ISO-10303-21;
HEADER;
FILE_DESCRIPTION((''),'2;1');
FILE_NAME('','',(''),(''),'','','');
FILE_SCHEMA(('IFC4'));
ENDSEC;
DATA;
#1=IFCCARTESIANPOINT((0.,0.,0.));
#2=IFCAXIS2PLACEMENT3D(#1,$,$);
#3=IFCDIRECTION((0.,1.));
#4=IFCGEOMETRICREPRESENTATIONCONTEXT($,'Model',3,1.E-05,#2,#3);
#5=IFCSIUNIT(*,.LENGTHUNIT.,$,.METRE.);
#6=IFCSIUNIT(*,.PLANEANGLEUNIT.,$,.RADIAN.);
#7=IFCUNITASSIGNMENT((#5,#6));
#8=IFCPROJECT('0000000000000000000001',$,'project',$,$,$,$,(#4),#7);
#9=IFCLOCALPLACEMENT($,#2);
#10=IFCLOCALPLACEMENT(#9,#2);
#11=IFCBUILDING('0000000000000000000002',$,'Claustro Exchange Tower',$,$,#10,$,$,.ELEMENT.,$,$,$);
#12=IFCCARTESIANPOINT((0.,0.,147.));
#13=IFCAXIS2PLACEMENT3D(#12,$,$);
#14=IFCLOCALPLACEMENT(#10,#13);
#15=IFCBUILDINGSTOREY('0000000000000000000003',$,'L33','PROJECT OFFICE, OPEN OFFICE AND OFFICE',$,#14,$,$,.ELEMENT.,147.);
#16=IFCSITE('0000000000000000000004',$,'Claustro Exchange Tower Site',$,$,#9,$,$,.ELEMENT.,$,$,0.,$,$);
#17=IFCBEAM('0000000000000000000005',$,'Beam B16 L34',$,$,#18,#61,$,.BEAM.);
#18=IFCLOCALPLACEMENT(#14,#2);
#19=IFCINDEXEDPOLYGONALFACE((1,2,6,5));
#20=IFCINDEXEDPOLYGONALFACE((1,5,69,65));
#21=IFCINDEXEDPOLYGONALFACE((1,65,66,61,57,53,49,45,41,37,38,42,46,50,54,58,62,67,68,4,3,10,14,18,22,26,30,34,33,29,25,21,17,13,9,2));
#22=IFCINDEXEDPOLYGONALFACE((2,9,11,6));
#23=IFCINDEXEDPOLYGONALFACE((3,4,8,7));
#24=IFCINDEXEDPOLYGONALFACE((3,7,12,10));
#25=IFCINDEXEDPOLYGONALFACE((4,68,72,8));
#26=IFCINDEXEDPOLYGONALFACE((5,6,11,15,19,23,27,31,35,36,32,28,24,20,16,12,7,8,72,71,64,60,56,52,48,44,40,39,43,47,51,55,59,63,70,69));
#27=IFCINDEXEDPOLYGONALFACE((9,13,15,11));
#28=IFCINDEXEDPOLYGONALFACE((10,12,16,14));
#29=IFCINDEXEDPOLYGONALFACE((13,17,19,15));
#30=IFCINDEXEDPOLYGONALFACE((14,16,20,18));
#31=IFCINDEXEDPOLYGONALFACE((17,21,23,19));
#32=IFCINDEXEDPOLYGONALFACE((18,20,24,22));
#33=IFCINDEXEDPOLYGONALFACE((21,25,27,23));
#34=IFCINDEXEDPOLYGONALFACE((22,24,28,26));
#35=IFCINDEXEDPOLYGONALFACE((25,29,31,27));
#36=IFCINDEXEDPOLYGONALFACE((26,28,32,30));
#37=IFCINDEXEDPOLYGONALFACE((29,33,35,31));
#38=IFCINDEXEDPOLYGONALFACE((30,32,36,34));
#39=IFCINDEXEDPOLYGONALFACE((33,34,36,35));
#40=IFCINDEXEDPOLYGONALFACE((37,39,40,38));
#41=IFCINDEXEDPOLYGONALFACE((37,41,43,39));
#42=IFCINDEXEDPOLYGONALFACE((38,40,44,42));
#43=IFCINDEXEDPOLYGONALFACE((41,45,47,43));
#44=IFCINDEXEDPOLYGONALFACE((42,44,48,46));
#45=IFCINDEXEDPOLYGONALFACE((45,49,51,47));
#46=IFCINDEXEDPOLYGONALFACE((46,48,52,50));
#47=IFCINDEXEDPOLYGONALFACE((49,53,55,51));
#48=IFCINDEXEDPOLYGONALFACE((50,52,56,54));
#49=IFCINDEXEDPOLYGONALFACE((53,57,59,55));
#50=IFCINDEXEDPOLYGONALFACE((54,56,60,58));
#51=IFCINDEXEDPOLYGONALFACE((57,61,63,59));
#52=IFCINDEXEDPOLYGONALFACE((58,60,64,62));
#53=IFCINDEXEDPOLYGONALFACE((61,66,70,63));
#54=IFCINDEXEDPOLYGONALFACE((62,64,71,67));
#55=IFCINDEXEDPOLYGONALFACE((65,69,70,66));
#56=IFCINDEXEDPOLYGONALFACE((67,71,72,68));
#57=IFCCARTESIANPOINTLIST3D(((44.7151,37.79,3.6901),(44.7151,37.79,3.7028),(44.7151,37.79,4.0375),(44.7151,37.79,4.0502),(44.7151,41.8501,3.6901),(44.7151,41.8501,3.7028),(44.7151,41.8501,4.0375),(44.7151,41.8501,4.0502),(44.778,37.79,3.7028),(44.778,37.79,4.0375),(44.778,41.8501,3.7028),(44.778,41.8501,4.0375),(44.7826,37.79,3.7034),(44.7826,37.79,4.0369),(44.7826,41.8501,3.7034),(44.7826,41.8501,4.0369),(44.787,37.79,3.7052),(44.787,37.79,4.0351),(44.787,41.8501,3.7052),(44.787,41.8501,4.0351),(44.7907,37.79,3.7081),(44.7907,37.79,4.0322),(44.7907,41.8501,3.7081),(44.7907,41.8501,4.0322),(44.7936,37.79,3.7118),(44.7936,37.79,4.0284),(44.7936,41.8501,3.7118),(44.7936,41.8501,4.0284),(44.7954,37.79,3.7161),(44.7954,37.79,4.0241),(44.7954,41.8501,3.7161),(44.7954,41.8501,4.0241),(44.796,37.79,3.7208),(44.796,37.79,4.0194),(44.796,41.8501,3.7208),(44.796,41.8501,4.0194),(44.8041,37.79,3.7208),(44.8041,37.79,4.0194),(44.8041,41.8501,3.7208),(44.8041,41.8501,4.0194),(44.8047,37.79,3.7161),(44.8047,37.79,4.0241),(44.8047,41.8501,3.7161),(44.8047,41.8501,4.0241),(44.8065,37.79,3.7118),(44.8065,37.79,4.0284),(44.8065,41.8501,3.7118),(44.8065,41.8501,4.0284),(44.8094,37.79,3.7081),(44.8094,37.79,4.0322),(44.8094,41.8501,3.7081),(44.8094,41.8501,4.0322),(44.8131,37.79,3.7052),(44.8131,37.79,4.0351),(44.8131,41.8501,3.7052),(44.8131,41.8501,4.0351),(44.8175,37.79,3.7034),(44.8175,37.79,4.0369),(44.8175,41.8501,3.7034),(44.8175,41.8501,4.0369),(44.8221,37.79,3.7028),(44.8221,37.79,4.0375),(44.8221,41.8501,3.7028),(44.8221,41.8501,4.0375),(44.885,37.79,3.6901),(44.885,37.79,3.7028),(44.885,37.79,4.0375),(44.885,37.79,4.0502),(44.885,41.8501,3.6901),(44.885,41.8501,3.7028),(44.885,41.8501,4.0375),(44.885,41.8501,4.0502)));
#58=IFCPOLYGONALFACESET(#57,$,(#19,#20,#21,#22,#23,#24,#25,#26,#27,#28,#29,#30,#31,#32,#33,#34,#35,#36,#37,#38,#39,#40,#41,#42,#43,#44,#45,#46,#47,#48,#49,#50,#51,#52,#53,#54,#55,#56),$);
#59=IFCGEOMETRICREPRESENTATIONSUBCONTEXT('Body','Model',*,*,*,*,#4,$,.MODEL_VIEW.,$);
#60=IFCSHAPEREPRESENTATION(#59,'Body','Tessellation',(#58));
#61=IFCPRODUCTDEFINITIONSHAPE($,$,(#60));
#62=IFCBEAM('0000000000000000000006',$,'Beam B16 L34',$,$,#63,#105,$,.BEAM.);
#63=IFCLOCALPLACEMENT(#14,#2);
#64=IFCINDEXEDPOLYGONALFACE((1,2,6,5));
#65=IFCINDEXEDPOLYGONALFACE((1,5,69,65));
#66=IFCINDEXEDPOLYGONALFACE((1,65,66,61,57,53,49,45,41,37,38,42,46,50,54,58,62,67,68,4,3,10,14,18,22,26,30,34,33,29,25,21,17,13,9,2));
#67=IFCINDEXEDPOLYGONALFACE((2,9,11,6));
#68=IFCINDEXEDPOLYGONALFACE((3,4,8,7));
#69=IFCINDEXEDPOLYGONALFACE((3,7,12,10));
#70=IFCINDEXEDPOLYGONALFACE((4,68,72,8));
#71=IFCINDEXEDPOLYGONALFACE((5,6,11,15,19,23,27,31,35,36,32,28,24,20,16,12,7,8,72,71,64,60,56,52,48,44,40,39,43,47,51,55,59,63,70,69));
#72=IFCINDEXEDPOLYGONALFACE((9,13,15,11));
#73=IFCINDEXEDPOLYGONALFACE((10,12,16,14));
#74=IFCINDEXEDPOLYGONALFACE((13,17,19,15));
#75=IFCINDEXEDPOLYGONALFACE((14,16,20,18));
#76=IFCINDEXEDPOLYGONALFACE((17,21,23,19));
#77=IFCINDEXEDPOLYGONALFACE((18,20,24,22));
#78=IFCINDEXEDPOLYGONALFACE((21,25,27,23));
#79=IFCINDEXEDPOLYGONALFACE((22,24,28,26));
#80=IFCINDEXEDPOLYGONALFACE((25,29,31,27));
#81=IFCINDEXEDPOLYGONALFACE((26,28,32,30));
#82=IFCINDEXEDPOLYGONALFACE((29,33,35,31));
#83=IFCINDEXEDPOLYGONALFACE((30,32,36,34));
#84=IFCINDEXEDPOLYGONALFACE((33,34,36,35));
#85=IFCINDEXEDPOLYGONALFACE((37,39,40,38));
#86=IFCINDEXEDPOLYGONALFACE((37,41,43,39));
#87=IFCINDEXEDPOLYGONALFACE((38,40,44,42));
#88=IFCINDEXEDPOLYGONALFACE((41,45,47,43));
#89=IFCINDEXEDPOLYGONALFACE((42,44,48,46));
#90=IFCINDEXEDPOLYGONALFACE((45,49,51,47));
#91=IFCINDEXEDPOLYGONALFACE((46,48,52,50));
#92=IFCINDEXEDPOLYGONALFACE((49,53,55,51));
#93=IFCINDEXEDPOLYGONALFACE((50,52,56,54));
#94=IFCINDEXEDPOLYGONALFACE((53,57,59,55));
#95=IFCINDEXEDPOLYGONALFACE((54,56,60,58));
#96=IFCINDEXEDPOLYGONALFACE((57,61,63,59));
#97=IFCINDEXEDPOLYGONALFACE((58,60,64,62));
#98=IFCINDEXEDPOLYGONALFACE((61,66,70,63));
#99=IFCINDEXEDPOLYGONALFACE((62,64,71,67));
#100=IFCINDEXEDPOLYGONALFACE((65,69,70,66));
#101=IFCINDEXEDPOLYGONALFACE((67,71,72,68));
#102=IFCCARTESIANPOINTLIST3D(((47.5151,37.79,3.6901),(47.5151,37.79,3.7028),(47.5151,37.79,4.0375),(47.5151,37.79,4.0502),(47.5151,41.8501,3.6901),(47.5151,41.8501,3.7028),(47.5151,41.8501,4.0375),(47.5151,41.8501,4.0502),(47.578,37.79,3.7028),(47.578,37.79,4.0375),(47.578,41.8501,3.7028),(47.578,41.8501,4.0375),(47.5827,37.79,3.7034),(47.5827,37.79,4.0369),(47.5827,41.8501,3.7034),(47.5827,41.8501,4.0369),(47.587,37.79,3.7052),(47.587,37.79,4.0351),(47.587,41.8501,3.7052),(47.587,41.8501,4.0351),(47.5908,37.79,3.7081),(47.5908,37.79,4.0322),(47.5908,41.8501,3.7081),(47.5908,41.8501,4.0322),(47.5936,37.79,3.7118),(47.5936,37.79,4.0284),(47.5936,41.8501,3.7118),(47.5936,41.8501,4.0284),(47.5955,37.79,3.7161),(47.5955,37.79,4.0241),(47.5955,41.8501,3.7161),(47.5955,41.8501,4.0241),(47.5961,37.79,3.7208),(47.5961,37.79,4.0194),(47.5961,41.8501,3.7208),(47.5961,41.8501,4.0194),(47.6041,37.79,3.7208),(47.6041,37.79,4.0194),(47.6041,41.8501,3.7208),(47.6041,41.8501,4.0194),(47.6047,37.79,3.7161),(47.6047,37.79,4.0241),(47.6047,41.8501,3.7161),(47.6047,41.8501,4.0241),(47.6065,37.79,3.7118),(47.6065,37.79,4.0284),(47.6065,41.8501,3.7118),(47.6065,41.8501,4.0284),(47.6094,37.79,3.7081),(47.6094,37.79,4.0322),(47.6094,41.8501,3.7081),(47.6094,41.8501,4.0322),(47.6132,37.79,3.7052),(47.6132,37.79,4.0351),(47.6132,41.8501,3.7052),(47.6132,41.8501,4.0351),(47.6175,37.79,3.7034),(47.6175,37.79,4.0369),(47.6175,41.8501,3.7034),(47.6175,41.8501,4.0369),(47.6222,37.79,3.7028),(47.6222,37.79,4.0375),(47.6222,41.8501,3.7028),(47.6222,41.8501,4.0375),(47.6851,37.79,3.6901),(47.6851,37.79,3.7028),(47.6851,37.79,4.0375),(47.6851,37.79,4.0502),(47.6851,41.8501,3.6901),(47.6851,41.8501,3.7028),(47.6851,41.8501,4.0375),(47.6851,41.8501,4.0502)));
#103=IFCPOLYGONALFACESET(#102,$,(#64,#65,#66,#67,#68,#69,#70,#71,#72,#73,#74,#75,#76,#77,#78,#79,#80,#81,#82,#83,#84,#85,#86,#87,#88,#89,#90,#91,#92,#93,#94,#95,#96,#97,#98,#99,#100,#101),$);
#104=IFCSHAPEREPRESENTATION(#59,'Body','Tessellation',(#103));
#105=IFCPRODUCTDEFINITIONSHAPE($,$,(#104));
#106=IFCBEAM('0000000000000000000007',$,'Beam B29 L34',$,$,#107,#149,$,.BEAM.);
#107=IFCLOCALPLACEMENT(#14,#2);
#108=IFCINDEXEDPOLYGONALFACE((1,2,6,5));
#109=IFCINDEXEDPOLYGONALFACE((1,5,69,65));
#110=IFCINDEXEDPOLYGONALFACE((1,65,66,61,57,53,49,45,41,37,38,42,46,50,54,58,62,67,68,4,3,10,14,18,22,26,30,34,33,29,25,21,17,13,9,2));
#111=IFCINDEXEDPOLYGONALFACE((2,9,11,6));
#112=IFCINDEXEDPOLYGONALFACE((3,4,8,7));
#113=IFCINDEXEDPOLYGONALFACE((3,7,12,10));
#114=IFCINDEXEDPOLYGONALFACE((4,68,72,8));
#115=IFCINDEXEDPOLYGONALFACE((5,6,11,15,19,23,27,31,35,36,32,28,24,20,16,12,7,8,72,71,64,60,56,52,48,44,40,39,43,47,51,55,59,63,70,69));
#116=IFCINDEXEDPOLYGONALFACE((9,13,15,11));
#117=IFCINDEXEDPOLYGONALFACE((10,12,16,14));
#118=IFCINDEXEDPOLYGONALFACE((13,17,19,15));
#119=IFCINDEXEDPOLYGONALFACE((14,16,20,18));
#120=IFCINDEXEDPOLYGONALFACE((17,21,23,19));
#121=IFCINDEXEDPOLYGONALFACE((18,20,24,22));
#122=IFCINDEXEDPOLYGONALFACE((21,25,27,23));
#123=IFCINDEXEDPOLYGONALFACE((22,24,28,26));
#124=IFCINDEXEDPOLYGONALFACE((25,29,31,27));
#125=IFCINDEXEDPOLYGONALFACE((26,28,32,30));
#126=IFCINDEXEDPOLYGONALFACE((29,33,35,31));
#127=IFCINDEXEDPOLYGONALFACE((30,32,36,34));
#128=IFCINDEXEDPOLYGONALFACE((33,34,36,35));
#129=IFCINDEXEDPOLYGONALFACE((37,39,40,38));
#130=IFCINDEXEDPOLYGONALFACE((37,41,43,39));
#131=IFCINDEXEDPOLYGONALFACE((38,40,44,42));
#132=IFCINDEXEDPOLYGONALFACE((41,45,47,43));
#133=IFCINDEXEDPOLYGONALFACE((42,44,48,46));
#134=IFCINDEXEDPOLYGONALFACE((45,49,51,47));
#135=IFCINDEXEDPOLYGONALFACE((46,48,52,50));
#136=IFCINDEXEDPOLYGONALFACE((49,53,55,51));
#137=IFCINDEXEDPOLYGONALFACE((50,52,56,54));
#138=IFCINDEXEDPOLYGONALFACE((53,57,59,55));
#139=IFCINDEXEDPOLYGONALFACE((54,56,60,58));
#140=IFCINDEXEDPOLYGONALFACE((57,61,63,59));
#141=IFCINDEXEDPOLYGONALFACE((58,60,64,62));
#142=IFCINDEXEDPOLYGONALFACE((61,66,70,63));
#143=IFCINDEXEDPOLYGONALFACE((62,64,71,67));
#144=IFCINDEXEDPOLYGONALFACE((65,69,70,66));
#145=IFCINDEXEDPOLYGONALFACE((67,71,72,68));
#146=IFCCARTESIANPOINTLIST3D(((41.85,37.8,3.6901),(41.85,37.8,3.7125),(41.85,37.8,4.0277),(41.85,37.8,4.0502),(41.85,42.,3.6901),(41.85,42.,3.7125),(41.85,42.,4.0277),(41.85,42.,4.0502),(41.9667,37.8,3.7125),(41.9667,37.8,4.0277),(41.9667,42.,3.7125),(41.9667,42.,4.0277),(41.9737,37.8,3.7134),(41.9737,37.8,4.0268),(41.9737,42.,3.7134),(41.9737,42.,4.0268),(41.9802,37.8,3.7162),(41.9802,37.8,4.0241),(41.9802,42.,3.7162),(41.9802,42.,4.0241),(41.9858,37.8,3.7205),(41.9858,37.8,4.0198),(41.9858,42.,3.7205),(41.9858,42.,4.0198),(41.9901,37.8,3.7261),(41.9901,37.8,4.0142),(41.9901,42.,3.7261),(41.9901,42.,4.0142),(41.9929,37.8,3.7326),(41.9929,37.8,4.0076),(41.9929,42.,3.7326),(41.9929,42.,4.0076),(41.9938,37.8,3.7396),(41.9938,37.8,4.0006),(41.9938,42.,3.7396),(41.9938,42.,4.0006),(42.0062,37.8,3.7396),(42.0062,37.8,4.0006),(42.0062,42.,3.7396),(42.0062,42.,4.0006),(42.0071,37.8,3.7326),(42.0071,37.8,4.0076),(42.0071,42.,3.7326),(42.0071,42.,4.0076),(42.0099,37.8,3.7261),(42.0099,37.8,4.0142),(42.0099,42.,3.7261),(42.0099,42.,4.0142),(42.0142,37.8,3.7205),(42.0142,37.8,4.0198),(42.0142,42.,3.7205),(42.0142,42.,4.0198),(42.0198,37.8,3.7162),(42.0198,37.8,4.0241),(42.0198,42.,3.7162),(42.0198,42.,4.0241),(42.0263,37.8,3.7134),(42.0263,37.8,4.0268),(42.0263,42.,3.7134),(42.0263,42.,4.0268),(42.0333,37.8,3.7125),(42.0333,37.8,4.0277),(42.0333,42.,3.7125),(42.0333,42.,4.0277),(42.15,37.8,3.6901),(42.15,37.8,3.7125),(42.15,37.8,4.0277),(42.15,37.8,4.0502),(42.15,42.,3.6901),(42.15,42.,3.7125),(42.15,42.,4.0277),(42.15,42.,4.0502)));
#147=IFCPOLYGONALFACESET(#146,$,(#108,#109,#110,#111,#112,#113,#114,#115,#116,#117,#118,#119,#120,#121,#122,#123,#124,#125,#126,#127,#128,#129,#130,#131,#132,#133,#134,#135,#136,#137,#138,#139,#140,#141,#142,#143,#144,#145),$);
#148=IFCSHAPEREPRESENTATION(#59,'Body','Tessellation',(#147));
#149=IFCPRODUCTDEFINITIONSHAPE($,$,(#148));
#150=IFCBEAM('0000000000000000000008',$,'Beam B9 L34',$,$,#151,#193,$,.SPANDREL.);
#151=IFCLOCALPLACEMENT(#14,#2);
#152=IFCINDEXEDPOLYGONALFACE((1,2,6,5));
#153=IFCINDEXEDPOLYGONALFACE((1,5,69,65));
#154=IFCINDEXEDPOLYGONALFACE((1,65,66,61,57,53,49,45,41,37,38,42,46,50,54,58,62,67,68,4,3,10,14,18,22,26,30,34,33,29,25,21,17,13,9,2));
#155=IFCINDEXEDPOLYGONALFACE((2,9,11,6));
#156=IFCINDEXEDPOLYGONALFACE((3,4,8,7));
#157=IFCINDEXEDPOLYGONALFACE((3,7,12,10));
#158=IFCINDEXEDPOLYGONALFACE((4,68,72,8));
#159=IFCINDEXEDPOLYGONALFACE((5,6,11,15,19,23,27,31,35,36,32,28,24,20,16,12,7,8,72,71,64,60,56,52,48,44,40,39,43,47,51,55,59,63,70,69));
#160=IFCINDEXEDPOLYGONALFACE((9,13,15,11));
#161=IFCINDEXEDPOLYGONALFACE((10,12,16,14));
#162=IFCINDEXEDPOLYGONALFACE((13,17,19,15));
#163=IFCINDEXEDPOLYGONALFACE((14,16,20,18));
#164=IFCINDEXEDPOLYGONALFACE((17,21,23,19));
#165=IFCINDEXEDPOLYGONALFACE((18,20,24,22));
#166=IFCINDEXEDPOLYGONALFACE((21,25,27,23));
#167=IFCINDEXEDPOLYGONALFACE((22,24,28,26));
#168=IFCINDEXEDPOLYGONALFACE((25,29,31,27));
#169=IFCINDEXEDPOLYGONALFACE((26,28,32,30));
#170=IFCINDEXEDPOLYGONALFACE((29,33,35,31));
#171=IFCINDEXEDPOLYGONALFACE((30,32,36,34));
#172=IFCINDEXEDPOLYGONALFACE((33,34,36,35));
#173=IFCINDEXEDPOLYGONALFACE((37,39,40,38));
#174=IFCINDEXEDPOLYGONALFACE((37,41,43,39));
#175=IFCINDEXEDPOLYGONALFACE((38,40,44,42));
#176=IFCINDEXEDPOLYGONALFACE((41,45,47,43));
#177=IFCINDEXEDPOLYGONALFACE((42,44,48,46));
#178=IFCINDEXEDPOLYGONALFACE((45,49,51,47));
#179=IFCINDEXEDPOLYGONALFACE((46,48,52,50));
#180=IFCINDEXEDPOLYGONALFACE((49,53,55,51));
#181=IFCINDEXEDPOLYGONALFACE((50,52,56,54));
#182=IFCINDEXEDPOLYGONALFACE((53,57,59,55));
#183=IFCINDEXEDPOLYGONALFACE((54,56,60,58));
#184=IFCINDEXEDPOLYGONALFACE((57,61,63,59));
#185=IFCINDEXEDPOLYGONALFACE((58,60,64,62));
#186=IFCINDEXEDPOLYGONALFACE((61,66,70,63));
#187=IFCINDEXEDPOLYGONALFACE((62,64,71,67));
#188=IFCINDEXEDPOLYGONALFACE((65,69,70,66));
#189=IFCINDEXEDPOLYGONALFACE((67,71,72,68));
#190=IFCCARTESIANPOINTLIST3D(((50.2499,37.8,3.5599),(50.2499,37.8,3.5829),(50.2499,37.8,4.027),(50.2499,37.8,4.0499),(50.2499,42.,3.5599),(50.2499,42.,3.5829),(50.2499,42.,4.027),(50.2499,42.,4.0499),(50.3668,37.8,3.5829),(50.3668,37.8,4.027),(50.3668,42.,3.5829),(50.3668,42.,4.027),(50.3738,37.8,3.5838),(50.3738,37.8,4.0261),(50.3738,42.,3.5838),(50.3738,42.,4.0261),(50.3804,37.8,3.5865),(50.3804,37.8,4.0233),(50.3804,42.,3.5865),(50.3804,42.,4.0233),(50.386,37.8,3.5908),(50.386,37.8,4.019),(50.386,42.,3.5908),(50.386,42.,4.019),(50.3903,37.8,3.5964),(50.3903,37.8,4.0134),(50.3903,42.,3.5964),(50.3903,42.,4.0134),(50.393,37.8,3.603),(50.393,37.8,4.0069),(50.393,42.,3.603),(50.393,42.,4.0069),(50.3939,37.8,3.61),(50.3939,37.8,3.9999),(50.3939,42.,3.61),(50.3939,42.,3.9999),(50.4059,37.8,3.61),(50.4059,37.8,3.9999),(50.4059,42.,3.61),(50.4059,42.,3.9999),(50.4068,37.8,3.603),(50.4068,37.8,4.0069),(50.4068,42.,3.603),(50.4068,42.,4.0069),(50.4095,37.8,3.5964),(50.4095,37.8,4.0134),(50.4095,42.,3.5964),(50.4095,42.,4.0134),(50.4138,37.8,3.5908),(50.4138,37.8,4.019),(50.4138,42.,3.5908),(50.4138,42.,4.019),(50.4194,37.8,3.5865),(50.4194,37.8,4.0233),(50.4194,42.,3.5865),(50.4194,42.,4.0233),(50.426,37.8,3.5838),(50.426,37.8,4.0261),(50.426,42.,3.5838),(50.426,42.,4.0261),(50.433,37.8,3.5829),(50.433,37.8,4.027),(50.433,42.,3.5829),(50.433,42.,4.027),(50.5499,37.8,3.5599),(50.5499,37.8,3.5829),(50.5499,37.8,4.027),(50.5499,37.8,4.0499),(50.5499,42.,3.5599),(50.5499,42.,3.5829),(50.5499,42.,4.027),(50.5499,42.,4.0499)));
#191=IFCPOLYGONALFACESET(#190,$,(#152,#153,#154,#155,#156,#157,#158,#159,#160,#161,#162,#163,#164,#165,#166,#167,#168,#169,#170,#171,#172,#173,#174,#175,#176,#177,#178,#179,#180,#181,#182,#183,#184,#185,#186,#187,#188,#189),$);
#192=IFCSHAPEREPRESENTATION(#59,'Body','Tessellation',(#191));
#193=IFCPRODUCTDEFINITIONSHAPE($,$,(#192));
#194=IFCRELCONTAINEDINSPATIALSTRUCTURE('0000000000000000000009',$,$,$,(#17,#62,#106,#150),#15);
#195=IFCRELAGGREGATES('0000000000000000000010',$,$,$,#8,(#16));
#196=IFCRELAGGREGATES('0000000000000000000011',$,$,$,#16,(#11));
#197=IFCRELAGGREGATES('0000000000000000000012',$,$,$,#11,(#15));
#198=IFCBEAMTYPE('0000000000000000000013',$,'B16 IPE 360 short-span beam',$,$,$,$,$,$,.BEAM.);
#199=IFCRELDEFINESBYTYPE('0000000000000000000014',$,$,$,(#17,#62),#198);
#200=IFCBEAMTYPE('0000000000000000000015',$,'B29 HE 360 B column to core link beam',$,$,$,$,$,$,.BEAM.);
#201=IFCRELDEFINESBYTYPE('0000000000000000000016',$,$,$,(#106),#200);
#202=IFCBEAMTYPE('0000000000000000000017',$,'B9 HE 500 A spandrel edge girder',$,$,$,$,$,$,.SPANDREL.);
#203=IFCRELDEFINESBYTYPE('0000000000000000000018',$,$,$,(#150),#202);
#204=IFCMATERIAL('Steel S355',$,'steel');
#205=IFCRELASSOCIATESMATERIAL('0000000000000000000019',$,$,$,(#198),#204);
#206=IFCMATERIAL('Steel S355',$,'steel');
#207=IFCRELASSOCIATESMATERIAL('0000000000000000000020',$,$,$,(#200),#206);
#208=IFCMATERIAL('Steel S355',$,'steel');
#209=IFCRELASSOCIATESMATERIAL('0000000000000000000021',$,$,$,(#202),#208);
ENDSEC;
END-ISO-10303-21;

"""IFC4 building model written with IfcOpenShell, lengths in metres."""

from ifc_helpers import new_model, si_unit, direction, frame, origin, origin_2d, place, context, subcontext, project, spatial, i_section, extrude, material, material_profile, profile_set, type_object, element, save


model = new_model("IFC4")

# Units and contexts
model_context = context("Model", 3, precision=1e-05, world=origin(), true_north=direction((0.0, 1.0)))
body_context = subcontext(model_context, "Body", "Model", "MODEL_VIEW")
ifc_project = project(units=[si_unit("LENGTHUNIT", "METRE"), si_unit("PLANEANGLEUNIT", "RADIAN")], contexts=[model_context])

# Site, building, storey
site_placement = place(None, origin())
site = spatial("IfcSite", under=ifc_project, at=site_placement, Name="Claustro Exchange Tower Site", CompositionType="ELEMENT", RefElevation=0.0)
building_placement = place(site_placement, origin())
building = spatial("IfcBuilding", under=site, at=building_placement, Name="Claustro Exchange Tower", CompositionType="ELEMENT")
storey_placement = place(building_placement, frame((0.0, 0.0, 147.0)))
storey = spatial("IfcBuildingStorey", under=building, at=storey_placement, Name="L33", Description="PROJECT OFFICE, OPEN OFFICE AND OFFICE", CompositionType="ELEMENT", Elevation=147.0)

# Beams
ifc_material_1 = material(Name="Steel S355", Category="steel")
ifc_material_profile_1 = material_profile(ifc_material_1, i_section(OverallWidth=0.1699, OverallDepth=0.3601, WebThickness=0.0081, FlangeThickness=0.0127, FilletRadius=0.0181, at=origin_2d()), Name="IPE 360")
ifc_profile_set_1 = profile_set([ifc_material_profile_1], Name="Steel S355")
beam_type_1 = type_object("IfcBeamType", Name="B16 IPE 360 short-span beam", PredefinedType="BEAM", material=ifc_profile_set_1)
for number, where, z_axis, x_axis, name in (
    (1, (44.8, 37.79, 3.8701), (0.0, 1.0, 0.0), (-1.0, 0.0, 0.0), "Beam B16 L34"),
    (2, (47.6001, 37.79, 3.8701), (0.0, 1.0, 0.0), (-1.0, 0.0, 0.0), "Beam B16 L34"),
):
    element("IfcBeam", number, at=place(storey_placement, frame(where, z_axis=z_axis, x_axis=x_axis)), inside=storey, type_object=beam_type_1, Name=name, PredefinedType="BEAM", context=body_context, shape_type="SweptSolid", body=[
        extrude(i_section(OverallWidth=0.1699, OverallDepth=0.3601, WebThickness=0.0081, FlangeThickness=0.0127, FilletRadius=0.0181, at=origin_2d()), origin(), (0.0, 0.0, 1.0), 4.0601),
    ])
ifc_material_2 = material(Name="Steel S355", Category="steel")
ifc_material_profile_2 = material_profile(ifc_material_2, i_section(OverallWidth=0.3, OverallDepth=0.3601, WebThickness=0.0125, FlangeThickness=0.0225, FilletRadius=0.0271, at=origin_2d()), Name="HE 360 B")
ifc_profile_set_2 = profile_set([ifc_material_profile_2], Name="Steel S355")
beam_type_2 = type_object("IfcBeamType", Name="B29 HE 360 B column to core link beam", PredefinedType="BEAM", material=ifc_profile_set_2)
beam_1_placement = place(storey_placement, frame((42.0, 37.8, 3.8701), z_axis=(0.0, 1.0, 0.0), x_axis=(-1.0, 0.0, 0.0)))
element("IfcBeam", 3, at=beam_1_placement, inside=storey, type_object=beam_type_2, Name="Beam B29 L34", PredefinedType="BEAM", context=body_context, shape_type="SweptSolid", body=[
    extrude(i_section(OverallWidth=0.3, OverallDepth=0.3601, WebThickness=0.0125, FlangeThickness=0.0225, FilletRadius=0.0271, at=origin_2d()), origin(), (0.0, 0.0, 1.0), 4.2),
])
ifc_material_3 = material(Name="Steel S355", Category="steel")
ifc_material_profile_3 = material_profile(ifc_material_3, i_section(OverallWidth=0.3, OverallDepth=0.49, WebThickness=0.012, FlangeThickness=0.0229, FilletRadius=0.0271, at=origin_2d()), Name="HE 500 A")
ifc_profile_set_3 = profile_set([ifc_material_profile_3], Name="Steel S355")
beam_type_3 = type_object("IfcBeamType", Name="B9 HE 500 A spandrel edge girder", PredefinedType="SPANDREL", material=ifc_profile_set_3)
beam_2_placement = place(storey_placement, frame((50.3999, 37.8, 3.8049), z_axis=(0.0, 1.0, 0.0), x_axis=(-1.0, 0.0, 0.0)))
element("IfcBeam", 4, at=beam_2_placement, inside=storey, type_object=beam_type_3, Name="Beam B9 L34", PredefinedType="SPANDREL", context=body_context, shape_type="SweptSolid", body=[
    extrude(i_section(OverallWidth=0.3, OverallDepth=0.49, WebThickness=0.012, FlangeThickness=0.0229, FilletRadius=0.0271, at=origin_2d()), origin(), (0.0, 0.0, 1.0), 4.2),
])

save(model, "model.ifc")
